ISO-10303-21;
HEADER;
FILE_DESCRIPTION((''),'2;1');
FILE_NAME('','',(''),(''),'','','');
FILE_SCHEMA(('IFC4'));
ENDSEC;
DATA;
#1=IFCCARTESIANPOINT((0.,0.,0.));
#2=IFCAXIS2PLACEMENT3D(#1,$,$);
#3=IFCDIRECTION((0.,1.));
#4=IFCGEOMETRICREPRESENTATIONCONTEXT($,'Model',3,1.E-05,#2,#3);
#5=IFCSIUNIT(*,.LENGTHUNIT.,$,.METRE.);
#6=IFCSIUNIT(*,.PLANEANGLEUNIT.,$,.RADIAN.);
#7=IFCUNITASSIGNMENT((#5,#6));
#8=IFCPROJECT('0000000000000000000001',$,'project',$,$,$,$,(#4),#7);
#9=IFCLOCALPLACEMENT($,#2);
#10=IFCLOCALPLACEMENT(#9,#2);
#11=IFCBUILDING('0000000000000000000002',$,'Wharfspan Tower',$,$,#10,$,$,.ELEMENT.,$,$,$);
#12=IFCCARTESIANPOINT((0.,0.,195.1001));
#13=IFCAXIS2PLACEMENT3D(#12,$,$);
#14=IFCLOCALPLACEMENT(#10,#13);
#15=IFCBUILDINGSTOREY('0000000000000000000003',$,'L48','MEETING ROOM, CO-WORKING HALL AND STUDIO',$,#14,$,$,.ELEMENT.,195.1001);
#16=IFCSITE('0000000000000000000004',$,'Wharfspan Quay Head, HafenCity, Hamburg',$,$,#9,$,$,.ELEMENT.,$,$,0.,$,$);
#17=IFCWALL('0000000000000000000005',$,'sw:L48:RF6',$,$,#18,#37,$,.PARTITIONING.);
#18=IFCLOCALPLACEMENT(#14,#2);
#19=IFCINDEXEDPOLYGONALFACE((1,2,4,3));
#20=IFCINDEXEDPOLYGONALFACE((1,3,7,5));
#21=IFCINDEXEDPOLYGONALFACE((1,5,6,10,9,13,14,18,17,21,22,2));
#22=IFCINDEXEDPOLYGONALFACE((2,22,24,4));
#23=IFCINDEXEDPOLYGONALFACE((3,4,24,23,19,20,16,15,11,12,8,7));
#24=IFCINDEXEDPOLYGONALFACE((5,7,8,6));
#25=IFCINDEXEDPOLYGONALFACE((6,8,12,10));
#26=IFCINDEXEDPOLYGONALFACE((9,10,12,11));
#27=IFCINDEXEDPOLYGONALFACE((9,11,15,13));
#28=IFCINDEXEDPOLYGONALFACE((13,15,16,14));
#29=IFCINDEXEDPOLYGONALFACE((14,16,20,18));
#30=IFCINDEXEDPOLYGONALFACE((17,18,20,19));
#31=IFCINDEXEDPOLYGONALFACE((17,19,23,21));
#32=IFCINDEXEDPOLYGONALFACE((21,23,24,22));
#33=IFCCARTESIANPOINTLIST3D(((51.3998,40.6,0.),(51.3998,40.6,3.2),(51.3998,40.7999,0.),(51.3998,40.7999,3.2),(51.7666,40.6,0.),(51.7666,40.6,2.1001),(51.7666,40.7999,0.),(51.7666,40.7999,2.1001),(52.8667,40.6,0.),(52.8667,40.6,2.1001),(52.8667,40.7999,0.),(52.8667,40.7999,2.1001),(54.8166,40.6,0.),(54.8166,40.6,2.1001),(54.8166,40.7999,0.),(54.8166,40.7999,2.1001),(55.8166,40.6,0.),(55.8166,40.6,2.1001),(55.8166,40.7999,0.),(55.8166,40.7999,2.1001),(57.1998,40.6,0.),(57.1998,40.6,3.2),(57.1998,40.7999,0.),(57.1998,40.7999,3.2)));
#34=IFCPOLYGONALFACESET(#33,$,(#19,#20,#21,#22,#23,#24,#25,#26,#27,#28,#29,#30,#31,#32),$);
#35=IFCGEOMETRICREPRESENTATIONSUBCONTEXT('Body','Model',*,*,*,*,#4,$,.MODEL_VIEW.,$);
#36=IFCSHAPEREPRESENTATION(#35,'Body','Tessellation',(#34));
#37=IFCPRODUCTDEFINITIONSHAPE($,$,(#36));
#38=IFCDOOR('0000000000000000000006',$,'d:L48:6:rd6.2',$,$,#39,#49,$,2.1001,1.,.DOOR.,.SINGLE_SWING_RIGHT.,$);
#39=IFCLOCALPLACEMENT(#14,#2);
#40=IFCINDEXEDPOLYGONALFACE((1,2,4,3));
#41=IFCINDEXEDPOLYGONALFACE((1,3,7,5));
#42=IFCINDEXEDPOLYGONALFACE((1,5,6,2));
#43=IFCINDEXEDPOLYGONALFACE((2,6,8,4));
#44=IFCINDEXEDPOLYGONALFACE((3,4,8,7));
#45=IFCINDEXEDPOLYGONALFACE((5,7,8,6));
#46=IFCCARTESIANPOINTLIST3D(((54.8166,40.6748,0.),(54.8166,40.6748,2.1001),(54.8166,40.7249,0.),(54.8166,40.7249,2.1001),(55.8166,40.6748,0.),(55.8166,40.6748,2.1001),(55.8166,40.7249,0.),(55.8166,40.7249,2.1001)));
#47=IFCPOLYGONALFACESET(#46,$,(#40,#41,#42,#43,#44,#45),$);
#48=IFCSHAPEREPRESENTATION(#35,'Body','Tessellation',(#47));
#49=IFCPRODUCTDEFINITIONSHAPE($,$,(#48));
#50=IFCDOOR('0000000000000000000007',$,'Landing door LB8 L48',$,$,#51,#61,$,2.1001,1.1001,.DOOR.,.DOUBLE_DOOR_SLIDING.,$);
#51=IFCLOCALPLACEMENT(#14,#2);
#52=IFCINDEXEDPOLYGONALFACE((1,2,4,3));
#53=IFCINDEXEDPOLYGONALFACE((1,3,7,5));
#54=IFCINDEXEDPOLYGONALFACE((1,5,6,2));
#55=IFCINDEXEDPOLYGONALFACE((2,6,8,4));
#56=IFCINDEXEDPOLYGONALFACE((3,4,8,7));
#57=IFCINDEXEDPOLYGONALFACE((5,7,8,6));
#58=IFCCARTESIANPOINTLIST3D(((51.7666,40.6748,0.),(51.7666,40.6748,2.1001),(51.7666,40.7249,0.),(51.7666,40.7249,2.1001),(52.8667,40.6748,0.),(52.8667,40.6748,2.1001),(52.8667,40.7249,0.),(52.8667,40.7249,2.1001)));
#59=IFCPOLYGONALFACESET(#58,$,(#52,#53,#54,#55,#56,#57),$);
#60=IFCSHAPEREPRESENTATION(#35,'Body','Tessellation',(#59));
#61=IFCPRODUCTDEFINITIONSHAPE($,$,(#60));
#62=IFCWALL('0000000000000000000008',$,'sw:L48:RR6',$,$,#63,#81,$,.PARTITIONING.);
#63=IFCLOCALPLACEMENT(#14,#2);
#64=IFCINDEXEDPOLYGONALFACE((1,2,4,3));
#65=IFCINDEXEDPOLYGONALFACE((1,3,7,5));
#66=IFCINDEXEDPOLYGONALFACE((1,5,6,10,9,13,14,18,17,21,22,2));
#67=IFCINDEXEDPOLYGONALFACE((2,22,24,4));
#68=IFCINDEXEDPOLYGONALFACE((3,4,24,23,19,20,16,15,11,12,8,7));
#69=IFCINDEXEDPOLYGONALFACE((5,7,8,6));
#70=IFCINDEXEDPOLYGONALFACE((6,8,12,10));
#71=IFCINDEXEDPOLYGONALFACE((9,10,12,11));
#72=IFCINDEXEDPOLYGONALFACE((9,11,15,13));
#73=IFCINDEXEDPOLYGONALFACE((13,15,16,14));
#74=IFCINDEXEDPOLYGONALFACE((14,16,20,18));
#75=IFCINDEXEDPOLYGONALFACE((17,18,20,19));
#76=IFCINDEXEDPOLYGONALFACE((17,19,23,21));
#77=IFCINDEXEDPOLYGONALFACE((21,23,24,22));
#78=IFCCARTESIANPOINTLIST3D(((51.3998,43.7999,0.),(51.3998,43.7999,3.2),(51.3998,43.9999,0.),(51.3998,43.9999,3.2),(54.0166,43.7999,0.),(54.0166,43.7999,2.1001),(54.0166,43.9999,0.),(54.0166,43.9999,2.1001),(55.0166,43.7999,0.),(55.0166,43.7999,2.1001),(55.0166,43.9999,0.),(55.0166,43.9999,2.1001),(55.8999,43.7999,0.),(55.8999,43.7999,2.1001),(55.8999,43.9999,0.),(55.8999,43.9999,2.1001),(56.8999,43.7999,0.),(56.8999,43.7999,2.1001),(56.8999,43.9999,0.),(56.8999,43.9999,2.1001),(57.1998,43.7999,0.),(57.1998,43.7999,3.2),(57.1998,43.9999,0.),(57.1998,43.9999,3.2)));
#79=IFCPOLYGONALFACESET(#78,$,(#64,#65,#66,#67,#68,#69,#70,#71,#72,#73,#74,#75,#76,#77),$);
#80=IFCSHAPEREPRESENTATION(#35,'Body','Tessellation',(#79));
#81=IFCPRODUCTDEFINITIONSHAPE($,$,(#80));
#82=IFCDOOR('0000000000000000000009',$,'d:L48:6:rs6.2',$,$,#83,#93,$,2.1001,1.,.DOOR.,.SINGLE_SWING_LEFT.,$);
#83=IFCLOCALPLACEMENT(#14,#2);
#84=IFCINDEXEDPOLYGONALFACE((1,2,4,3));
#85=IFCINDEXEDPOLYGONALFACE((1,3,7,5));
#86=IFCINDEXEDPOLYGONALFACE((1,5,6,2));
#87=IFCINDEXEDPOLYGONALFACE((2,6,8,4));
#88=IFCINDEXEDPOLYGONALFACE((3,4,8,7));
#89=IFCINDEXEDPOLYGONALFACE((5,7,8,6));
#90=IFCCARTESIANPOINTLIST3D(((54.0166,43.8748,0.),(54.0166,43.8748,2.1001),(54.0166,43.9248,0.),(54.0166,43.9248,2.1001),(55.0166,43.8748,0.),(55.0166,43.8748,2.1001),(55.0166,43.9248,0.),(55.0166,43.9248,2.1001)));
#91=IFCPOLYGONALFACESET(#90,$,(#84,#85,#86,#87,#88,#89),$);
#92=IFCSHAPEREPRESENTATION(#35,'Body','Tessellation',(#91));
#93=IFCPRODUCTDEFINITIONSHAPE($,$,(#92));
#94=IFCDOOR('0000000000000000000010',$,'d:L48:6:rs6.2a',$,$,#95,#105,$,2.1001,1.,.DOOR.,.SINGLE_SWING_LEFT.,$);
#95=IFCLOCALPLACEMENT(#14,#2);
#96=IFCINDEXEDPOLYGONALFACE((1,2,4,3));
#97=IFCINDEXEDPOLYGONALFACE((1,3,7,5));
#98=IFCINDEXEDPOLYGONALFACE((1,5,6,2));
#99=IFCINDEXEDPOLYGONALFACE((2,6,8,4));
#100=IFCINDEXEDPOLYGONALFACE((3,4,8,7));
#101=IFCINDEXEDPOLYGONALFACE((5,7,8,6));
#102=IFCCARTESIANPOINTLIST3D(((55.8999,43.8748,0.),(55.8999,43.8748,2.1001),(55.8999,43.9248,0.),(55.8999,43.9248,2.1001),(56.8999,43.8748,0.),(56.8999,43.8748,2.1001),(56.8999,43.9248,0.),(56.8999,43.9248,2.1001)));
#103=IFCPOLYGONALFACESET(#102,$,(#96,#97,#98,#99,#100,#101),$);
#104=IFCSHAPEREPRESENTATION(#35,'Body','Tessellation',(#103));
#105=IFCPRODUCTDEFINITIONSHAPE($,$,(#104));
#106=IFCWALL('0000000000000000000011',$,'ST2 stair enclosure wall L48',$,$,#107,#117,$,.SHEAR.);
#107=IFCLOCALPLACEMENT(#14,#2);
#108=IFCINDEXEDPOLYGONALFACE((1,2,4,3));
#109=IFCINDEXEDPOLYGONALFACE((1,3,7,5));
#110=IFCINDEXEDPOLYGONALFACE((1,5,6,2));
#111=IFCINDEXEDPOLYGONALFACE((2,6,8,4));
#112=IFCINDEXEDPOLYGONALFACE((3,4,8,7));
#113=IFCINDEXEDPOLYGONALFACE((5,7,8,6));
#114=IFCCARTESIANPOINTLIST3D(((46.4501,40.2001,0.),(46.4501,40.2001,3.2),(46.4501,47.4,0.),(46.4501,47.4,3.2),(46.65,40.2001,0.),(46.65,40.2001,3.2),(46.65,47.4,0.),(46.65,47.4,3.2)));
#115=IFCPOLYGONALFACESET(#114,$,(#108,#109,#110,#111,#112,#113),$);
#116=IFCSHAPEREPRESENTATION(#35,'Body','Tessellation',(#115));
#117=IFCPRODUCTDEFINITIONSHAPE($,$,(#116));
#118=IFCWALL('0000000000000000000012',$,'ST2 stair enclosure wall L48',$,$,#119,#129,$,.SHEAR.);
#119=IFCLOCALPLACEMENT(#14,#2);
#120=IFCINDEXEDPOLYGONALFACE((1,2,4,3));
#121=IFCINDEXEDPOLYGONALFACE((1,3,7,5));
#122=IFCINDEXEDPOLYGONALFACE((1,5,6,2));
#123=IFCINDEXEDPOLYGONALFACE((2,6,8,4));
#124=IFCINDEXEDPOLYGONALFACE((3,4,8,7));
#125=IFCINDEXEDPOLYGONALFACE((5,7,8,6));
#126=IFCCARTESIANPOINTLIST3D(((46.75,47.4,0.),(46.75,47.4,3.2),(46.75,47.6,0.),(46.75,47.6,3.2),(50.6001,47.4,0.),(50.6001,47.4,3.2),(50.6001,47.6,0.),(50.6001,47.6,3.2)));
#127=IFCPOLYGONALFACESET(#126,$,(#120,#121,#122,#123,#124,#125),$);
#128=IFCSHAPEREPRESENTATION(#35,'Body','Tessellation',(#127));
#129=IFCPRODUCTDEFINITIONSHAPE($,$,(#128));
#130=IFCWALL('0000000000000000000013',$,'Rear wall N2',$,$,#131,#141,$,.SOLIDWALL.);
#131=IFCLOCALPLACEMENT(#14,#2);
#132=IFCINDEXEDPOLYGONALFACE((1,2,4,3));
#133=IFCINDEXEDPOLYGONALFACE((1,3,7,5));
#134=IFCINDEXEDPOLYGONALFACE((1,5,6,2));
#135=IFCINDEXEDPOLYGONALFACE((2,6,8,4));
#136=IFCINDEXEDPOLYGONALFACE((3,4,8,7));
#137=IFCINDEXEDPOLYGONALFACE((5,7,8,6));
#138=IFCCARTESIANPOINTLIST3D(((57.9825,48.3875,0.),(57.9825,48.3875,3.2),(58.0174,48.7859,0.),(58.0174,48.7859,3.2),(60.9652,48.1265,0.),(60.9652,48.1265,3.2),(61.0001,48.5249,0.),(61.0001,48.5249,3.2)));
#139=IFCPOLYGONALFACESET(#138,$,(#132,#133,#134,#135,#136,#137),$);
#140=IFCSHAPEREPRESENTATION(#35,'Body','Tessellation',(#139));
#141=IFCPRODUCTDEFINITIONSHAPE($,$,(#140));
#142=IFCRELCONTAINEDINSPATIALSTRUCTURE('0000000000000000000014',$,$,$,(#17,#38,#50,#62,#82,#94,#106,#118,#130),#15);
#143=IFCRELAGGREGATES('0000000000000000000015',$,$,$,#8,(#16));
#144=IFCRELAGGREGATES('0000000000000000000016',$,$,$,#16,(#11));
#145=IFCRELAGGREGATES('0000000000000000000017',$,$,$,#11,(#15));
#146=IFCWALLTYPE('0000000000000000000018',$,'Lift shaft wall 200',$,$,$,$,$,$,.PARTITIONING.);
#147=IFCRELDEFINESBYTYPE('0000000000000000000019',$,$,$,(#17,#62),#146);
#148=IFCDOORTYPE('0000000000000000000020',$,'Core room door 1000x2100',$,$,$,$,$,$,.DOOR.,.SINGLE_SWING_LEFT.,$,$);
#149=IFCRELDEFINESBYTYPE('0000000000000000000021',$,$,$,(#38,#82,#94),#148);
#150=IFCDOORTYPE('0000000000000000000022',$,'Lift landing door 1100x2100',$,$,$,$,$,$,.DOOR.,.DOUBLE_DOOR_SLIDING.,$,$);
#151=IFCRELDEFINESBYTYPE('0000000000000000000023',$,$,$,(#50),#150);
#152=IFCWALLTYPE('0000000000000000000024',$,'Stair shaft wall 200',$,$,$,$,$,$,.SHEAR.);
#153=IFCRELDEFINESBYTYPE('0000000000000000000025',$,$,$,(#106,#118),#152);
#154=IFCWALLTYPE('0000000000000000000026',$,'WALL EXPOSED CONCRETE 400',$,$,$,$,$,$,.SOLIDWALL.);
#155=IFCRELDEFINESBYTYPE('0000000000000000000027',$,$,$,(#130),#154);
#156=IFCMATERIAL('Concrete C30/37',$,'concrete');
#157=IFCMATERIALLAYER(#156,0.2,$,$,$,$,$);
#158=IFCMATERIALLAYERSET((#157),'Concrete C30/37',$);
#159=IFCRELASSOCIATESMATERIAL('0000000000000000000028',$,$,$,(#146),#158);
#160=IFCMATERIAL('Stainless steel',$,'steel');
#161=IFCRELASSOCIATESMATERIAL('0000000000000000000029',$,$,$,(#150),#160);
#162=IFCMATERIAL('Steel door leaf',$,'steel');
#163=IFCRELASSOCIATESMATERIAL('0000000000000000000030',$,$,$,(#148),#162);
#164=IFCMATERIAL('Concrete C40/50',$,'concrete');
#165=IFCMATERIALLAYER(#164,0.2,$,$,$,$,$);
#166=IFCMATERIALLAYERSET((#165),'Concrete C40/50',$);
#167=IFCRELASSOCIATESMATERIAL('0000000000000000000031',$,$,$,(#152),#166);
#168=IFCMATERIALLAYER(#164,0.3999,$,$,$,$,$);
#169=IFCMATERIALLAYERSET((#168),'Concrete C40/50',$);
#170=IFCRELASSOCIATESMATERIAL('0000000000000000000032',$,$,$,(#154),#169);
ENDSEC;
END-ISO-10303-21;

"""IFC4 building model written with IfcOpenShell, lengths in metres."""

from ifc_helpers import new_model, si_unit, direction, frame, frame_2d, origin, place, context, subcontext, project, spatial, rectangle, extrude, material, layer, layer_set, type_object, element, fill, save


model = new_model("IFC4")

# Units and contexts
model_context = context("Model", 3, precision=1e-05, world=origin(), true_north=direction((0.0, 1.0)))
body_context = subcontext(model_context, "Body", "Model", "MODEL_VIEW")
ifc_project = project(units=[si_unit("LENGTHUNIT", "METRE"), si_unit("PLANEANGLEUNIT", "RADIAN")], contexts=[model_context])

# Site, building, storey
site_placement = place(None, origin())
site = spatial("IfcSite", under=ifc_project, at=site_placement, Name="Wharfspan Quay Head, HafenCity, Hamburg", CompositionType="ELEMENT", RefElevation=0.0)
building_placement = place(site_placement, origin())
building = spatial("IfcBuilding", under=site, at=building_placement, Name="Wharfspan Tower", CompositionType="ELEMENT")
storey_placement = place(building_placement, frame((0.0, 0.0, 195.1001)))
storey = spatial("IfcBuildingStorey", under=building, at=storey_placement, Name="L48", Description="MEETING ROOM, CO-WORKING HALL AND STUDIO", CompositionType="ELEMENT", Elevation=195.1001)

# Walls, openings, doors
ifc_material_1 = material(Name="Concrete C30/37", Category="concrete")
ifc_layer_1 = layer(ifc_material_1, 0.2)
ifc_layer_set_1 = layer_set([ifc_layer_1], Name="Concrete C30/37")
wall_type_1 = type_object("IfcWallType", Name="Lift shaft wall 200", PredefinedType="PARTITIONING", material=ifc_layer_set_1)
ifc_material_2 = material(Name="Stainless steel", Category="steel")
door_type_1 = type_object("IfcDoorType", Name="Lift landing door 1100x2100", OperationType="DOUBLE_DOOR_SLIDING", PredefinedType="DOOR", material=ifc_material_2)
wall_1_placement = place(storey_placement, frame((51.3999, 40.7, 0.0), z_axis=(0.0, 0.0, 1.0), x_axis=(1.0, 0.0, 0.0)))
wall_1 = element("IfcWall", 1, at=wall_1_placement, inside=storey, type_object=wall_type_1, Name="sw:L48:RF6", PredefinedType="PARTITIONING", context=body_context, shape_type="SweptSolid", body=[
    extrude(rectangle(XDim=5.8, YDim=0.2, at=frame_2d((2.8999, 0.0))), origin(), (0.0, 0.0, 1.0), 3.2),
])
opening_1_placement = place(wall_1_placement, frame((0.3667, 0.0, 0.0)))
opening_1 = element("IfcOpeningElement", 2, at=opening_1_placement, cuts=wall_1, PredefinedType="OPENING", context=body_context, shape_type="SweptSolid", body=[
    extrude(rectangle(XDim=1.1001, YDim=2.1001, at=frame_2d((0.55, 1.05))), frame((0.0, 0.1099, 0.0), z_axis=(0.0, -1.0, 0.0), x_axis=(1.0, 0.0, 0.0)), (0.0, 0.0, 1.0), 0.22),
])
opening_2_placement = place(wall_1_placement, frame((3.4167, 0.0, 0.0)))
opening_2 = element("IfcOpeningElement", 3, at=opening_2_placement, cuts=wall_1, PredefinedType="OPENING", context=body_context, shape_type="SweptSolid", body=[
    extrude(rectangle(XDim=1.0, YDim=2.1001, at=frame_2d((0.5, 1.05))), frame((0.0, 0.1099, 0.0), z_axis=(0.0, -1.0, 0.0), x_axis=(1.0, 0.0, 0.0)), (0.0, 0.0, 1.0), 0.22),
])
ifc_material_3 = material(Name="Steel door leaf", Category="steel")
door_type_2 = type_object("IfcDoorType", Name="Core room door 1000x2100", OperationType="SINGLE_SWING_LEFT", PredefinedType="DOOR", material=ifc_material_3)
door_1_placement = place(opening_2_placement, origin())
door_1 = element("IfcDoor", 4, at=door_1_placement, inside=storey, type_object=door_type_2, Name="d:L48:6:rd6.2", OperationType="SINGLE_SWING_RIGHT", OverallHeight=2.1001, OverallWidth=1.0, PredefinedType="DOOR", context=body_context, shape_type="SweptSolid", body=[
    extrude(rectangle(XDim=1.0, YDim=2.1001, at=frame_2d((0.5, 1.05))), frame((0.0, 0.0249, 0.0), z_axis=(0.0, -1.0, 0.0), x_axis=(1.0, 0.0, 0.0)), (0.0, 0.0, 1.0), 0.05),
])
fill(opening_2, door_1)
door_2_placement = place(opening_1_placement, origin())
door_2 = element("IfcDoor", 5, at=door_2_placement, inside=storey, type_object=door_type_1, Name="Landing door LB8 L48", OperationType="DOUBLE_DOOR_SLIDING", OverallHeight=2.1001, OverallWidth=1.1001, PredefinedType="DOOR", context=body_context, shape_type="SweptSolid", body=[
    extrude(rectangle(XDim=1.1001, YDim=2.1001, at=frame_2d((0.55, 1.05))), frame((0.0, 0.0249, 0.0), z_axis=(0.0, -1.0, 0.0), x_axis=(1.0, 0.0, 0.0)), (0.0, 0.0, 1.0), 0.05),
])
fill(opening_1, door_2)
wall_2_placement = place(storey_placement, frame((51.3999, 43.8999, 0.0), z_axis=(0.0, 0.0, 1.0), x_axis=(1.0, 0.0, 0.0)))
wall_2 = element("IfcWall", 6, at=wall_2_placement, inside=storey, type_object=wall_type_1, Name="sw:L48:RR6", PredefinedType="PARTITIONING", context=body_context, shape_type="SweptSolid", body=[
    extrude(rectangle(XDim=5.8, YDim=0.2, at=frame_2d((2.8999, 0.0))), origin(), (0.0, 0.0, 1.0), 3.2),
])
opening_3_placement = place(wall_2_placement, frame((2.6167, 0.0, 0.0)))
opening_3 = element("IfcOpeningElement", 7, at=opening_3_placement, cuts=wall_2, PredefinedType="OPENING", context=body_context, shape_type="SweptSolid", body=[
    extrude(rectangle(XDim=1.0, YDim=2.1001, at=frame_2d((0.5, 1.05))), frame((0.0, 0.1099, 0.0), z_axis=(0.0, -1.0, 0.0), x_axis=(1.0, 0.0, 0.0)), (0.0, 0.0, 1.0), 0.22),
])
opening_4_placement = place(wall_2_placement, frame((4.5, 0.0, 0.0)))
opening_4 = element("IfcOpeningElement", 8, at=opening_4_placement, cuts=wall_2, PredefinedType="OPENING", context=body_context, shape_type="SweptSolid", body=[
    extrude(rectangle(XDim=1.0, YDim=2.1001, at=frame_2d((0.5, 1.05))), frame((0.0, 0.1099, 0.0), z_axis=(0.0, -1.0, 0.0), x_axis=(1.0, 0.0, 0.0)), (0.0, 0.0, 1.0), 0.22),
])
door_3_placement = place(opening_3_placement, origin())
door_3 = element("IfcDoor", 9, at=door_3_placement, inside=storey, type_object=door_type_2, Name="d:L48:6:rs6.2", OperationType="SINGLE_SWING_LEFT", OverallHeight=2.1001, OverallWidth=1.0, PredefinedType="DOOR", context=body_context, shape_type="SweptSolid", body=[
    extrude(rectangle(XDim=1.0, YDim=2.1001, at=frame_2d((0.5, 1.05))), frame((0.0, 0.0249, 0.0), z_axis=(0.0, -1.0, 0.0), x_axis=(1.0, 0.0, 0.0)), (0.0, 0.0, 1.0), 0.05),
])
fill(opening_3, door_3)
door_4_placement = place(opening_4_placement, origin())
door_4 = element("IfcDoor", 10, at=door_4_placement, inside=storey, type_object=door_type_2, Name="d:L48:6:rs6.2a", OperationType="SINGLE_SWING_LEFT", OverallHeight=2.1001, OverallWidth=1.0, PredefinedType="DOOR", context=body_context, shape_type="SweptSolid", body=[
    extrude(rectangle(XDim=1.0, YDim=2.1001, at=frame_2d((0.5, 1.05))), frame((0.0, 0.0249, 0.0), z_axis=(0.0, -1.0, 0.0), x_axis=(1.0, 0.0, 0.0)), (0.0, 0.0, 1.0), 0.05),
])
fill(opening_4, door_4)

# Walls
ifc_material_4 = material(Name="Concrete C40/50", Category="concrete")
ifc_layer_2 = layer(ifc_material_4, 0.2)
ifc_layer_set_2 = layer_set([ifc_layer_2], Name="Concrete C40/50")
wall_type_2 = type_object("IfcWallType", Name="Stair shaft wall 200", PredefinedType="SHEAR", material=ifc_layer_set_2)
wall_3_placement = place(storey_placement, frame((46.55, 40.2, 0.0), z_axis=(0.0, 0.0, 1.0), x_axis=(0.0, 1.0, 0.0)))
element("IfcWall", 11, at=wall_3_placement, inside=storey, type_object=wall_type_2, Name="ST2 stair enclosure wall L48", PredefinedType="SHEAR", context=body_context, shape_type="SweptSolid", body=[
    extrude(rectangle(XDim=7.2, YDim=0.2, at=frame_2d((3.6001, 0.0))), origin(), (0.0, 0.0, 1.0), 3.2),
])
wall_4_placement = place(storey_placement, frame((46.75, 47.5, 0.0), z_axis=(0.0, 0.0, 1.0), x_axis=(1.0, 0.0, 0.0)))
element("IfcWall", 12, at=wall_4_placement, inside=storey, type_object=wall_type_2, Name="ST2 stair enclosure wall L48", PredefinedType="SHEAR", context=body_context, shape_type="SweptSolid", body=[
    extrude(rectangle(XDim=3.8501, YDim=0.2, at=frame_2d((1.925, 0.0))), origin(), (0.0, 0.0, 1.0), 3.2),
])
ifc_layer_3 = layer(ifc_material_4, 0.3999)
ifc_layer_set_3 = layer_set([ifc_layer_3], Name="Concrete C40/50")
wall_type_3 = type_object("IfcWallType", Name="WALL EXPOSED CONCRETE 400", PredefinedType="SOLIDWALL", material=ifc_layer_set_3)
wall_5_placement = place(storey_placement, frame((60.9827, 48.3257, 0.0), z_axis=(0.0, 0.0, 1.0), x_axis=(-0.996194, 0.087168, 0.0)))
element("IfcWall", 13, at=wall_5_placement, inside=storey, type_object=wall_type_3, Name="Rear wall N2", PredefinedType="SOLIDWALL", context=body_context, shape_type="SweptSolid", body=[
    extrude(rectangle(XDim=2.9941, YDim=0.3999, at=frame_2d((1.4971, 0.0))), origin(), (0.0, 0.0, 1.0), 3.2),
])

save(model, "model.ifc")
